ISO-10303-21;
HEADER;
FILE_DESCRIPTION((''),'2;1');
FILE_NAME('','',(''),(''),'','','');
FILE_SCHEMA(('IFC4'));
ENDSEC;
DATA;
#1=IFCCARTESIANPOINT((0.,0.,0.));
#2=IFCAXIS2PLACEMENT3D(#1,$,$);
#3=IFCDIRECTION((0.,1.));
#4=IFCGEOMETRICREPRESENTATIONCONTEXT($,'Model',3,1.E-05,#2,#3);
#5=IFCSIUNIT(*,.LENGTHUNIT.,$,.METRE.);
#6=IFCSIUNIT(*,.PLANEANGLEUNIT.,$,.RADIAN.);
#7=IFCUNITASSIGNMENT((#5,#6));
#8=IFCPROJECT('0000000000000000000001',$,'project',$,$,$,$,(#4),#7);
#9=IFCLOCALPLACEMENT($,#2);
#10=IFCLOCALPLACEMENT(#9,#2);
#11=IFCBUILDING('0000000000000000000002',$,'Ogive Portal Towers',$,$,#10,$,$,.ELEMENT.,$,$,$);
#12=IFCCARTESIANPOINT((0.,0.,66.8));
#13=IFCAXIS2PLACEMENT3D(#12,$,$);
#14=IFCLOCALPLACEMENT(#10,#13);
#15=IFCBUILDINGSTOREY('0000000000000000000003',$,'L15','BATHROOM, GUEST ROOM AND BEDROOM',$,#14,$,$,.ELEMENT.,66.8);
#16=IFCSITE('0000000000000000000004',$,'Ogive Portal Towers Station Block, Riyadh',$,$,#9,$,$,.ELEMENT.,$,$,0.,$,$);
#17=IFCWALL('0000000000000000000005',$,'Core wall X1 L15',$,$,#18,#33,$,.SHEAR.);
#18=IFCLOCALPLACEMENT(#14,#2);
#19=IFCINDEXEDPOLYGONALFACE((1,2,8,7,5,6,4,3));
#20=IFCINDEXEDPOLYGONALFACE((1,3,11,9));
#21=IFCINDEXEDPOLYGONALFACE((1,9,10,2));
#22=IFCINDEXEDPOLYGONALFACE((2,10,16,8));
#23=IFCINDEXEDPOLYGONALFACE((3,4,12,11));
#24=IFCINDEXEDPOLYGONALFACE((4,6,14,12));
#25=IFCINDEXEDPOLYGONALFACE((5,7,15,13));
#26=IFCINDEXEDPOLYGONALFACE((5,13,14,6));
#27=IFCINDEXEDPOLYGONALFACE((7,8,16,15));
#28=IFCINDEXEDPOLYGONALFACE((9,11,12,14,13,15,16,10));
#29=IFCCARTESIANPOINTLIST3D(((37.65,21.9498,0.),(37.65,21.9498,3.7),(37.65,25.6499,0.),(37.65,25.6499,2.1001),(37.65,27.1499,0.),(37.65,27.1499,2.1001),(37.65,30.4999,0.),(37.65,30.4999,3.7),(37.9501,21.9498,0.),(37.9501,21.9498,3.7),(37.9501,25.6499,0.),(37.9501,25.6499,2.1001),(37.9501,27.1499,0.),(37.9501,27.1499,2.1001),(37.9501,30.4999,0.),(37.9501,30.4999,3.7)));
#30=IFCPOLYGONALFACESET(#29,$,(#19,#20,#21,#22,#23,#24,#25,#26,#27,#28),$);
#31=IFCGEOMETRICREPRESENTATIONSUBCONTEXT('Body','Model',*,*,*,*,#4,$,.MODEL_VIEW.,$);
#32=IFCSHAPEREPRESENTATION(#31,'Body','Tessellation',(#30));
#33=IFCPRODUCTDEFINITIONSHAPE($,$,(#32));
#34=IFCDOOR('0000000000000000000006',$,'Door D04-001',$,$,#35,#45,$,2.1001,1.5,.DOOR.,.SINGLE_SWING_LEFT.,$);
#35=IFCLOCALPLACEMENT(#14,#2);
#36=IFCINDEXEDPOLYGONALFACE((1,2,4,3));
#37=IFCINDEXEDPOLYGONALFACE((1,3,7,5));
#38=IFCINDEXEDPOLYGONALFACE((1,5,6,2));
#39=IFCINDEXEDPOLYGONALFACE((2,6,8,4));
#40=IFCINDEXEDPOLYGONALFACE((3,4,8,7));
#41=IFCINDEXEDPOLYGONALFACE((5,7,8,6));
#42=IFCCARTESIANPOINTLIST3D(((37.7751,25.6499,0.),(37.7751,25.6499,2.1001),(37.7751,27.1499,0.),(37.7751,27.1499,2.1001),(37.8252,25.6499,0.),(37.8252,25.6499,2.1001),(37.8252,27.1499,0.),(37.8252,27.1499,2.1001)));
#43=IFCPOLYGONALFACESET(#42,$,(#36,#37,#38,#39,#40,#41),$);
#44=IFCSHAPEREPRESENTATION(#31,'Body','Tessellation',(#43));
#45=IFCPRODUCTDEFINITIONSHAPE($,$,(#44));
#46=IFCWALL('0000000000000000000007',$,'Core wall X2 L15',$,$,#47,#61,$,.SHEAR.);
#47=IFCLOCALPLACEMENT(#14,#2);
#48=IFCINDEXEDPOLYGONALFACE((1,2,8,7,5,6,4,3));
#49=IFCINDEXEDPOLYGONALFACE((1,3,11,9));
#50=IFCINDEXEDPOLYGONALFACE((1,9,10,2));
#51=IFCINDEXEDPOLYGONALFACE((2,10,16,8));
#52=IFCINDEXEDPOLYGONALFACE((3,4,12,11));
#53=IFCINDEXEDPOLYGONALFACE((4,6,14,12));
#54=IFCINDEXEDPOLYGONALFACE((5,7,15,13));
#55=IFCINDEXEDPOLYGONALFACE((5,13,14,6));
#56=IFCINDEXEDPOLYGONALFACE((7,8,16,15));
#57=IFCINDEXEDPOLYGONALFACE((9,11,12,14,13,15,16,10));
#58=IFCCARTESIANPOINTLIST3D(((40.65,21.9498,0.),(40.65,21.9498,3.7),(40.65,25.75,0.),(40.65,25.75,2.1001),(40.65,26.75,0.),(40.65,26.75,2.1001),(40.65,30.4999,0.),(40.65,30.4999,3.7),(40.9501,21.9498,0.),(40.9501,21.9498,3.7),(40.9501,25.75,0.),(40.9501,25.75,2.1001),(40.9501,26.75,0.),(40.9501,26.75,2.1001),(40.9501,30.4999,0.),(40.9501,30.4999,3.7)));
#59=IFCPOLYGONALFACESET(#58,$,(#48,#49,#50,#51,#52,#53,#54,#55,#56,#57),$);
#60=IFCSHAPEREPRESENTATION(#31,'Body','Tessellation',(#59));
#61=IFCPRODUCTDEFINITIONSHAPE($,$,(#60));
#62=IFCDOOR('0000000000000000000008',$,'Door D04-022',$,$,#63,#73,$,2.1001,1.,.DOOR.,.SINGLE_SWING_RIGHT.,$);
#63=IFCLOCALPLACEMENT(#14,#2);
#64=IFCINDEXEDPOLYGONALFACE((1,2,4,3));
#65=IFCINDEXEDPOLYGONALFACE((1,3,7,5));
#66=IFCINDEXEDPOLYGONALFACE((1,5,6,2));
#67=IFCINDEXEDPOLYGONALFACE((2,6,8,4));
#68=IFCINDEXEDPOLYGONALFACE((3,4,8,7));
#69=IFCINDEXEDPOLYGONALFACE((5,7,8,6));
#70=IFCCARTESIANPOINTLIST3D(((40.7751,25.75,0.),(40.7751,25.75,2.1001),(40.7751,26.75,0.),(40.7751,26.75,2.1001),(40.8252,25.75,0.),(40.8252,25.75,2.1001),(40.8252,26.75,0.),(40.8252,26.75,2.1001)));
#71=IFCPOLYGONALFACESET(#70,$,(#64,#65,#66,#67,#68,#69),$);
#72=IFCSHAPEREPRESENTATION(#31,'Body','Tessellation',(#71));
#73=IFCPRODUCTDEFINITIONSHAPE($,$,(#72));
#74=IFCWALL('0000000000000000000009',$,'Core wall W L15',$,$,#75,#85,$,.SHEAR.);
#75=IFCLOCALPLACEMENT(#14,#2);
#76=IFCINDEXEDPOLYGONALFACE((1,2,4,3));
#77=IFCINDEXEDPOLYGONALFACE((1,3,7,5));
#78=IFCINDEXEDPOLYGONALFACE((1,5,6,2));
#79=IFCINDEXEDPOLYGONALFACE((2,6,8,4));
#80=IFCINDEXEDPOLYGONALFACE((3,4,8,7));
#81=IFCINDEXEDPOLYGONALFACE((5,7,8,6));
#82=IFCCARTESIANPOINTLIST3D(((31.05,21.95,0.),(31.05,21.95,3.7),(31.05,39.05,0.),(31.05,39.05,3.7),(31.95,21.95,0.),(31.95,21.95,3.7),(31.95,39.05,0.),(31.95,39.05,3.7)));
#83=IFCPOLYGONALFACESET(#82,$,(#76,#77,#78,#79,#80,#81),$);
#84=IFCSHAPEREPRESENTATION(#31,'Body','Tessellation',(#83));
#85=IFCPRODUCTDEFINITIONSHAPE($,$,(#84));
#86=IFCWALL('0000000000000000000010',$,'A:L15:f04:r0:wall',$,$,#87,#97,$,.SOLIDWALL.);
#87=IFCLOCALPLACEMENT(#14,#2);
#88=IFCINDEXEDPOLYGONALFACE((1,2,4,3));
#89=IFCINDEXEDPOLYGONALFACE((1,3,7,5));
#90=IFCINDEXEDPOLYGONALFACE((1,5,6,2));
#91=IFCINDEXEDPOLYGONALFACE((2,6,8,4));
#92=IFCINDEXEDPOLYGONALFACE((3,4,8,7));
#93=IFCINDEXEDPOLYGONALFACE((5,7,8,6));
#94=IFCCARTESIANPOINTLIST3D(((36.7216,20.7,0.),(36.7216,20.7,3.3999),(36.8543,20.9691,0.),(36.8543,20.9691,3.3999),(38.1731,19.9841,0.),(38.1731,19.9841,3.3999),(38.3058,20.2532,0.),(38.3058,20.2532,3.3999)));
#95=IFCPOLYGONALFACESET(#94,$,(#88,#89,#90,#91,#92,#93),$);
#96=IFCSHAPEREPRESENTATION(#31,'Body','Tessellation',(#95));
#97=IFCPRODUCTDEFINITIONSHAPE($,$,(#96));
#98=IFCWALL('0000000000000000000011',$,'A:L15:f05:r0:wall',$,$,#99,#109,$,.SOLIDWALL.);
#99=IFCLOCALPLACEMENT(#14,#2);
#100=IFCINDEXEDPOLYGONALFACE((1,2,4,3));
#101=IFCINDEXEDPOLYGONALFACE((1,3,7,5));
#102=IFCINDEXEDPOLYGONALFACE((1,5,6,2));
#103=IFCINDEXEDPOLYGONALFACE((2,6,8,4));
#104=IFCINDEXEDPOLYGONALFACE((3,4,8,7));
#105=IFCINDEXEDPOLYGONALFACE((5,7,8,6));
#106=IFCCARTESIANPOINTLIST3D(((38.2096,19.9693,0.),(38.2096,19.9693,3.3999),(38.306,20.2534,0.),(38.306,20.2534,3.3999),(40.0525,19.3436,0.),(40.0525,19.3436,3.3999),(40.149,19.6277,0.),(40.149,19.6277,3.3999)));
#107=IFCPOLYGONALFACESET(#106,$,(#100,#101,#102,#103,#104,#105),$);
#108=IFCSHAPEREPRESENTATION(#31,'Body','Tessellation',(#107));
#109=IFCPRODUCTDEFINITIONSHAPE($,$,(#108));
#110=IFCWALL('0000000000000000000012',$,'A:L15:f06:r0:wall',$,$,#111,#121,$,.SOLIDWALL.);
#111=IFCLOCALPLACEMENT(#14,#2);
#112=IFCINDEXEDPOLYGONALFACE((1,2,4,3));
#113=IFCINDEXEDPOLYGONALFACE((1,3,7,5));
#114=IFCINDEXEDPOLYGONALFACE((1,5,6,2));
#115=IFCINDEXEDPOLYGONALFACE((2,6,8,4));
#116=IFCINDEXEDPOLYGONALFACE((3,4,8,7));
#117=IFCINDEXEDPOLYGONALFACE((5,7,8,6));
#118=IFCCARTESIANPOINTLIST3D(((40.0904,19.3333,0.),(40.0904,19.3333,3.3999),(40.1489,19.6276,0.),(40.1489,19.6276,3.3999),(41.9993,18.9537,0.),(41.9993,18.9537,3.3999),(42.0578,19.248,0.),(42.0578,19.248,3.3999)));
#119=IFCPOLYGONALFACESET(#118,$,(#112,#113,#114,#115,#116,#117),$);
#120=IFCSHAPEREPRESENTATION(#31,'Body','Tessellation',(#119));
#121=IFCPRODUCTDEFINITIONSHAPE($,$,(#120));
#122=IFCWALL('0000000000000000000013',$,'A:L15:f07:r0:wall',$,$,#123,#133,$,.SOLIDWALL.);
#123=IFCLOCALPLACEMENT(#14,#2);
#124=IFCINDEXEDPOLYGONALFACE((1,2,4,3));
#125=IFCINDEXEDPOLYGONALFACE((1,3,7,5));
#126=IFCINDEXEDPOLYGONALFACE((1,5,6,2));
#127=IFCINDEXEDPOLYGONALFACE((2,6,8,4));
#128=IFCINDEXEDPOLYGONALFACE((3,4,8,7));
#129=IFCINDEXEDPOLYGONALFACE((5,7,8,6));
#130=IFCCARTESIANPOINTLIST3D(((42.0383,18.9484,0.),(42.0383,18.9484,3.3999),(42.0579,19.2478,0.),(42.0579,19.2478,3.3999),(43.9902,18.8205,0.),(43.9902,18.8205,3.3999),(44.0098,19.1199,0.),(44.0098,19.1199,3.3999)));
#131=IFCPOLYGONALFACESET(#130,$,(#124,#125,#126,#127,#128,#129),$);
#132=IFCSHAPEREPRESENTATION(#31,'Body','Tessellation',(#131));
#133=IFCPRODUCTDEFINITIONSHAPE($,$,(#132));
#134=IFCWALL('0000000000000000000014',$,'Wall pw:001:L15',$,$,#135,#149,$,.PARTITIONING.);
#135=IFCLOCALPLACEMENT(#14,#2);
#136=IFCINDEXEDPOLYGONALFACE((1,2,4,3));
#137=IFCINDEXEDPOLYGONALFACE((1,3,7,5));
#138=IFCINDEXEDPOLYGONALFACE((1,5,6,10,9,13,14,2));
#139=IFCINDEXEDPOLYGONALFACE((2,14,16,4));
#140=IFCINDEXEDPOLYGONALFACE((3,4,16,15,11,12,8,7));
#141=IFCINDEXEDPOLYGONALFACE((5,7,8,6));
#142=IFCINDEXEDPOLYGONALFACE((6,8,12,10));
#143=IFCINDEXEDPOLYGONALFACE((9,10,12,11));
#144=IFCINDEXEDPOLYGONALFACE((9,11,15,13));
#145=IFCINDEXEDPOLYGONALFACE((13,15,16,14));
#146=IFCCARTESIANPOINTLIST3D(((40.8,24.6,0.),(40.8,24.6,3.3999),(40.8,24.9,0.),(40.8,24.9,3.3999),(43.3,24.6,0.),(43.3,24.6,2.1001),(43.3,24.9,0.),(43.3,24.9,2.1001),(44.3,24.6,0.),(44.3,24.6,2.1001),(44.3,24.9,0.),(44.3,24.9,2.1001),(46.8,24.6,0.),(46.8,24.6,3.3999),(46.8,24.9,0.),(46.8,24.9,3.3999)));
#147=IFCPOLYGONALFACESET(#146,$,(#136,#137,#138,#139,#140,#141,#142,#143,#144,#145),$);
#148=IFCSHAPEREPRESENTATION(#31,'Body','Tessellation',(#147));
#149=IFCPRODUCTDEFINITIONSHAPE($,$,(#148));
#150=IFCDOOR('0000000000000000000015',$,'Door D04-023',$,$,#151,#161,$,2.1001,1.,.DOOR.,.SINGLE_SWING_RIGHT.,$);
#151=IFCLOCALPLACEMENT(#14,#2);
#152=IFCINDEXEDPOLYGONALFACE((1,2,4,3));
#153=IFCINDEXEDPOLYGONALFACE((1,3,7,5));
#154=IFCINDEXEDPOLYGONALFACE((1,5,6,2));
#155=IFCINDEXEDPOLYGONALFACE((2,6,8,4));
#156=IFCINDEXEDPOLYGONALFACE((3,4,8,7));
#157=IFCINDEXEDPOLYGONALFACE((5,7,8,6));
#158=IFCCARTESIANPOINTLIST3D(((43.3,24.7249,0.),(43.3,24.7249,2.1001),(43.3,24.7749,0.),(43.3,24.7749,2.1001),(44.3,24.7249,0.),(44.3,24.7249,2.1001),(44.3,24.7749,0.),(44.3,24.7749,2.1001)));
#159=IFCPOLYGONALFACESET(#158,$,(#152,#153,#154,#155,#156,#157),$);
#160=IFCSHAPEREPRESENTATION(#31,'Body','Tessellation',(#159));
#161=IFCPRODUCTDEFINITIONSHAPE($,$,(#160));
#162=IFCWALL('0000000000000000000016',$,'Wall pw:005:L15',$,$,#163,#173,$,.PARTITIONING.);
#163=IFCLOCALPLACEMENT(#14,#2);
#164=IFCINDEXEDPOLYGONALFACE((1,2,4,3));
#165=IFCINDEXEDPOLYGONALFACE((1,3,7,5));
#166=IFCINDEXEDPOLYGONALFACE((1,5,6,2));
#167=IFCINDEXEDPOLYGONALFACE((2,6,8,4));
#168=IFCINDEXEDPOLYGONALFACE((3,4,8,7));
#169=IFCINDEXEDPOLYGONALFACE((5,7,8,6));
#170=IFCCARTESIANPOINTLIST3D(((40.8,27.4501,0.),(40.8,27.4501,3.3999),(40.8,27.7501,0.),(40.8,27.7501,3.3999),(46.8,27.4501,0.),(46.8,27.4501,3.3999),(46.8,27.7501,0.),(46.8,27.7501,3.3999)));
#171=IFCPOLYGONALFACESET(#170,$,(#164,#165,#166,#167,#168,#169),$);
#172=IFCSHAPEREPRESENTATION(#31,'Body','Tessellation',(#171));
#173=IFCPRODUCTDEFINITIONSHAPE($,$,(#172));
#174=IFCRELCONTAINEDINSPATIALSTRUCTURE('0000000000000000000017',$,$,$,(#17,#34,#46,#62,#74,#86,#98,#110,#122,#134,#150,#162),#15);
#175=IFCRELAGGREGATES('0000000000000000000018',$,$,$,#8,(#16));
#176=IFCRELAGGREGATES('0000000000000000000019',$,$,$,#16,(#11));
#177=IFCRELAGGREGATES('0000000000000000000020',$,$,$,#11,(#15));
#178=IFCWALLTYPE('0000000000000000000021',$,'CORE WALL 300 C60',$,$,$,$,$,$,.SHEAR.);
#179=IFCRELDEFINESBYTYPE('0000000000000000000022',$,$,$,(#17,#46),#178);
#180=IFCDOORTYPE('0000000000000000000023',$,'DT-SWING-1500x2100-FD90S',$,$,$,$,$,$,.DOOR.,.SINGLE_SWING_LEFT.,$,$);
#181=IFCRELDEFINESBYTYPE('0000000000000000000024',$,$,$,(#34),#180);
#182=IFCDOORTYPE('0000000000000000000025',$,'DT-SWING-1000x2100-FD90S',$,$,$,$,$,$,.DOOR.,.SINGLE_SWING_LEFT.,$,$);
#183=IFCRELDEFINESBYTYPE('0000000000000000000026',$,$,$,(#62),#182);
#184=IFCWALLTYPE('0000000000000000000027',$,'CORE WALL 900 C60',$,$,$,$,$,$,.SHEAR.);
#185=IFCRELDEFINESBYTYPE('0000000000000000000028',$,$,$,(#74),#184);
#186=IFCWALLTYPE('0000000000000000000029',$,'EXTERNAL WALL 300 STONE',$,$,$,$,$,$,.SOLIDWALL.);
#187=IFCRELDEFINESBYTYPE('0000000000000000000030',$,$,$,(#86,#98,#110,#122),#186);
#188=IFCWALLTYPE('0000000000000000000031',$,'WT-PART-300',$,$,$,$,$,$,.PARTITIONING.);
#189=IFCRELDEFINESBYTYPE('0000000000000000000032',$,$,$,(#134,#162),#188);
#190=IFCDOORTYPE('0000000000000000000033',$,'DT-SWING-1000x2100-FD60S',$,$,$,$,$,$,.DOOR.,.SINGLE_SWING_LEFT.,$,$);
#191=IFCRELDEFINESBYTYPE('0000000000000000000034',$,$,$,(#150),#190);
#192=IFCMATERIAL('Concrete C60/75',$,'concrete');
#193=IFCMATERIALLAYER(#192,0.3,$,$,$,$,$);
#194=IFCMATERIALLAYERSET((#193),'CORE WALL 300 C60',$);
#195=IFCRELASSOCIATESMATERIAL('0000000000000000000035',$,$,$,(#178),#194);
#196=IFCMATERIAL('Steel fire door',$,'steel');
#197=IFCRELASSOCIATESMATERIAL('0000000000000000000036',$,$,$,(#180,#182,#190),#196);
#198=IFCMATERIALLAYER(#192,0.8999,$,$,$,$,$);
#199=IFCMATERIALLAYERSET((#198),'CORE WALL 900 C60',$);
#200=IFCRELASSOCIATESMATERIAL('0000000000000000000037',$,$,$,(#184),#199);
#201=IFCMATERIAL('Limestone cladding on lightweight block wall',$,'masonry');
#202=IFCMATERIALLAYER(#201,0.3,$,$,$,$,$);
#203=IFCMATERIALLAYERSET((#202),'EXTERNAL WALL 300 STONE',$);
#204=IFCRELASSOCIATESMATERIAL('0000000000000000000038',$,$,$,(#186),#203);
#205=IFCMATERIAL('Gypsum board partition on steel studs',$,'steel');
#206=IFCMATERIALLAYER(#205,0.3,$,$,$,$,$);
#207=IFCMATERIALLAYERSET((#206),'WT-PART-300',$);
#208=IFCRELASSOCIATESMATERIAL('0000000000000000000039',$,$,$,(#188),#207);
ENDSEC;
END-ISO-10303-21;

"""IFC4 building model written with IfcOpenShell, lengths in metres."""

from ifc_helpers import new_model, si_unit, direction, frame, frame_2d, origin, place, context, subcontext, project, spatial, rectangle, extrude, material, layer, layer_set, type_object, element, fill, save


model = new_model("IFC4")

# Units and contexts
model_context = context("Model", 3, precision=1e-05, world=origin(), true_north=direction((0.0, 1.0)))
body_context = subcontext(model_context, "Body", "Model", "MODEL_VIEW")
ifc_project = project(units=[si_unit("LENGTHUNIT", "METRE"), si_unit("PLANEANGLEUNIT", "RADIAN")], contexts=[model_context])

# Site, building, storey
site_placement = place(None, origin())
site = spatial("IfcSite", under=ifc_project, at=site_placement, Name="Ogive Portal Towers Station Block, Riyadh", CompositionType="ELEMENT", RefElevation=0.0)
building_placement = place(site_placement, origin())
building = spatial("IfcBuilding", under=site, at=building_placement, Name="Ogive Portal Towers", CompositionType="ELEMENT")
storey_placement = place(building_placement, frame((0.0, 0.0, 66.8)))
storey = spatial("IfcBuildingStorey", under=building, at=storey_placement, Name="L15", Description="BATHROOM, GUEST ROOM AND BEDROOM", CompositionType="ELEMENT", Elevation=66.8)

# Walls, openings, doors
ifc_material_1 = material(Name="Concrete C60/75", Category="concrete")
ifc_layer_1 = layer(ifc_material_1, 0.3)
ifc_layer_set_1 = layer_set([ifc_layer_1], Name="CORE WALL 300 C60")
wall_type_1 = type_object("IfcWallType", Name="CORE WALL 300 C60", PredefinedType="SHEAR", material=ifc_layer_set_1)
wall_1_placement = place(storey_placement, frame((37.8, 21.95, 0.0), z_axis=(0.0, 0.0, 1.0), x_axis=(0.0, 1.0, 0.0)))
wall_1 = element("IfcWall", 1, at=wall_1_placement, inside=storey, type_object=wall_type_1, Name="Core wall X1 L15", PredefinedType="SHEAR", context=body_context, shape_type="SweptSolid", body=[
    extrude(rectangle(XDim=8.55, YDim=0.3, at=frame_2d((4.2749, 0.0))), origin(), (0.0, 0.0, 1.0), 3.7),
])
opening_1_placement = place(wall_1_placement, frame((3.7, 0.0, 0.0)))
opening_1 = element("IfcOpeningElement", 2, at=opening_1_placement, cuts=wall_1, PredefinedType="OPENING", context=body_context, shape_type="SweptSolid", body=[
    extrude(rectangle(XDim=1.5, YDim=2.1001, at=frame_2d((0.75, 1.05))), frame((0.0, 0.1602, 0.0), z_axis=(0.0, -1.0, 0.0), x_axis=(1.0, 0.0, 0.0)), (0.0, 0.0, 1.0), 0.3201),
])
ifc_material_2 = material(Name="Steel fire door", Category="steel")
door_type_1 = type_object("IfcDoorType", Name="DT-SWING-1500x2100-FD90S", OperationType="SINGLE_SWING_LEFT", PredefinedType="DOOR", material=ifc_material_2)
door_1_placement = place(opening_1_placement, origin())
door_1 = element("IfcDoor", 3, at=door_1_placement, inside=storey, type_object=door_type_1, Name="Door D04-001", OperationType="SINGLE_SWING_LEFT", OverallHeight=2.1001, OverallWidth=1.5, PredefinedType="DOOR", context=body_context, shape_type="SweptSolid", body=[
    extrude(rectangle(XDim=1.5, YDim=2.1001, at=frame_2d((0.75, 1.05))), frame((0.0, 0.0249, 0.0), z_axis=(0.0, -1.0, 0.0), x_axis=(1.0, 0.0, 0.0)), (0.0, 0.0, 1.0), 0.05),
])
fill(opening_1, door_1)
wall_2_placement = place(storey_placement, frame((40.8, 21.95, 0.0), z_axis=(0.0, 0.0, 1.0), x_axis=(0.0, 1.0, 0.0)))
wall_2 = element("IfcWall", 4, at=wall_2_placement, inside=storey, type_object=wall_type_1, Name="Core wall X2 L15", PredefinedType="SHEAR", context=body_context, shape_type="SweptSolid", body=[
    extrude(rectangle(XDim=8.55, YDim=0.3, at=frame_2d((4.2749, 0.0))), origin(), (0.0, 0.0, 1.0), 3.7),
])
opening_2_placement = place(wall_2_placement, frame((3.8, 0.0, 0.0)))
opening_2 = element("IfcOpeningElement", 5, at=opening_2_placement, cuts=wall_2, PredefinedType="OPENING", context=body_context, shape_type="SweptSolid", body=[
    extrude(rectangle(XDim=1.0, YDim=2.1001, at=frame_2d((0.5, 1.05))), frame((0.0, 0.1602, 0.0), z_axis=(0.0, -1.0, 0.0), x_axis=(1.0, 0.0, 0.0)), (0.0, 0.0, 1.0), 0.3201),
])
door_type_2 = type_object("IfcDoorType", Name="DT-SWING-1000x2100-FD90S", OperationType="SINGLE_SWING_LEFT", PredefinedType="DOOR", material=ifc_material_2)
door_2_placement = place(opening_2_placement, origin())
door_2 = element("IfcDoor", 6, at=door_2_placement, inside=storey, type_object=door_type_2, Name="Door D04-022", OperationType="SINGLE_SWING_RIGHT", OverallHeight=2.1001, OverallWidth=1.0, PredefinedType="DOOR", context=body_context, shape_type="SweptSolid", body=[
    extrude(rectangle(XDim=1.0, YDim=2.1001, at=frame_2d((0.5, 1.05))), frame((0.0, 0.0249, 0.0), z_axis=(0.0, -1.0, 0.0), x_axis=(1.0, 0.0, 0.0)), (0.0, 0.0, 1.0), 0.05),
])
fill(opening_2, door_2)

# Walls
ifc_layer_2 = layer(ifc_material_1, 0.8999)
ifc_layer_set_2 = layer_set([ifc_layer_2], Name="CORE WALL 900 C60")
wall_type_2 = type_object("IfcWallType", Name="CORE WALL 900 C60", PredefinedType="SHEAR", material=ifc_layer_set_2)
wall_3_placement = place(storey_placement, frame((31.5, 21.95, 0.0), z_axis=(0.0, 0.0, 1.0), x_axis=(0.0, 1.0, 0.0)))
element("IfcWall", 7, at=wall_3_placement, inside=storey, type_object=wall_type_2, Name="Core wall W L15", PredefinedType="SHEAR", context=body_context, shape_type="SweptSolid", body=[
    extrude(rectangle(XDim=17.1001, YDim=0.8999, at=frame_2d((8.55, 0.0))), origin(), (0.0, 0.0, 1.0), 3.7),
])
ifc_material_3 = material(Name="Limestone cladding on lightweight block wall", Category="masonry")
ifc_layer_3 = layer(ifc_material_3, 0.3)
ifc_layer_set_3 = layer_set([ifc_layer_3], Name="EXTERNAL WALL 300 STONE")
wall_type_3 = type_object("IfcWallType", Name="EXTERNAL WALL 300 STONE", PredefinedType="SOLIDWALL", material=ifc_layer_set_3)
wall_4_placement = place(storey_placement, frame((36.7881, 20.8345, 0.0), z_axis=(0.0, 0.0, 1.0), x_axis=(0.896858, -0.442319, 0.0)))
element("IfcWall", 8, at=wall_4_placement, inside=storey, type_object=wall_type_3, Name="A:L15:f04:r0:wall", PredefinedType="SOLIDWALL", context=body_context, shape_type="SweptSolid", body=[
    extrude(rectangle(XDim=1.6184, YDim=0.3, at=frame_2d((0.8091, 0.0))), origin(), (0.0, 0.0, 1.0), 3.3999),
])
for number, where, z_axis, x_axis, name in (
    (9, (38.2578, 20.1113, 0.0), (0.0, 0.0, 1.0), (0.946913, -0.321491, 0.0), "A:L15:f05:r0:wall"),
    (10, (40.1196, 19.4805, 0.0), (0.0, 0.0, 1.0), (0.980792, -0.195055, 0.0), "A:L15:f06:r0:wall"),
):
    element("IfcWall", number, at=place(storey_placement, frame(where, z_axis=z_axis, x_axis=x_axis)), inside=storey, type_object=wall_type_3, Name=name, PredefinedType="SOLIDWALL", context=body_context, shape_type="SweptSolid", body=[
        extrude(rectangle(XDim=1.9463, YDim=0.3, at=frame_2d((0.9731, 0.0))), origin(), (0.0, 0.0, 1.0), 3.3999),
    ])
wall_5_placement = place(storey_placement, frame((42.0481, 19.0981, 0.0), z_axis=(0.0, 0.0, 1.0), x_axis=(0.997859, -0.065401, 0.0)))
element("IfcWall", 11, at=wall_5_placement, inside=storey, type_object=wall_type_3, Name="A:L15:f07:r0:wall", PredefinedType="SOLIDWALL", context=body_context, shape_type="SweptSolid", body=[
    extrude(rectangle(XDim=1.9561, YDim=0.3, at=frame_2d((0.978, 0.0))), origin(), (0.0, 0.0, 1.0), 3.3999),
])

# Wall, opening, door
ifc_material_4 = material(Name="Gypsum board partition on steel studs", Category="steel")
ifc_layer_4 = layer(ifc_material_4, 0.3)
ifc_layer_set_4 = layer_set([ifc_layer_4], Name="WT-PART-300")
wall_type_4 = type_object("IfcWallType", Name="WT-PART-300", PredefinedType="PARTITIONING", material=ifc_layer_set_4)
wall_6_placement = place(storey_placement, frame((40.8, 24.75, 0.0), z_axis=(0.0, 0.0, 1.0), x_axis=(1.0, 0.0, 0.0)))
wall_6 = element("IfcWall", 12, at=wall_6_placement, inside=storey, type_object=wall_type_4, Name="Wall pw:001:L15", PredefinedType="PARTITIONING", context=body_context, shape_type="SweptSolid", body=[
    extrude(rectangle(XDim=6.0, YDim=0.3, at=frame_2d((3.0, 0.0))), origin(), (0.0, 0.0, 1.0), 3.3999),
])
opening_3_placement = place(wall_6_placement, frame((2.5, 0.0, 0.0)))
opening_3 = element("IfcOpeningElement", 13, at=opening_3_placement, cuts=wall_6, PredefinedType="OPENING", context=body_context, shape_type="SweptSolid", body=[
    extrude(rectangle(XDim=1.0, YDim=2.1001, at=frame_2d((0.5, 1.05))), frame((0.0, 0.1602, 0.0), z_axis=(0.0, -1.0, 0.0), x_axis=(1.0, 0.0, 0.0)), (0.0, 0.0, 1.0), 0.3201),
])
door_type_3 = type_object("IfcDoorType", Name="DT-SWING-1000x2100-FD60S", OperationType="SINGLE_SWING_LEFT", PredefinedType="DOOR", material=ifc_material_2)
door_3_placement = place(opening_3_placement, origin())
door_3 = element("IfcDoor", 14, at=door_3_placement, inside=storey, type_object=door_type_3, Name="Door D04-023", OperationType="SINGLE_SWING_RIGHT", OverallHeight=2.1001, OverallWidth=1.0, PredefinedType="DOOR", context=body_context, shape_type="SweptSolid", body=[
    extrude(rectangle(XDim=1.0, YDim=2.1001, at=frame_2d((0.5, 1.05))), frame((0.0, 0.0249, 0.0), z_axis=(0.0, -1.0, 0.0), x_axis=(1.0, 0.0, 0.0)), (0.0, 0.0, 1.0), 0.05),
])
fill(opening_3, door_3)

# Wall
wall_7_placement = place(storey_placement, frame((40.8, 27.6001, 0.0), z_axis=(0.0, 0.0, 1.0), x_axis=(1.0, 0.0, 0.0)))
element("IfcWall", 15, at=wall_7_placement, inside=storey, type_object=wall_type_4, Name="Wall pw:005:L15", PredefinedType="PARTITIONING", context=body_context, shape_type="SweptSolid", body=[
    extrude(rectangle(XDim=6.0, YDim=0.3, at=frame_2d((3.0, 0.0))), origin(), (0.0, 0.0, 1.0), 3.3999),
])

save(model, "model.ifc")
